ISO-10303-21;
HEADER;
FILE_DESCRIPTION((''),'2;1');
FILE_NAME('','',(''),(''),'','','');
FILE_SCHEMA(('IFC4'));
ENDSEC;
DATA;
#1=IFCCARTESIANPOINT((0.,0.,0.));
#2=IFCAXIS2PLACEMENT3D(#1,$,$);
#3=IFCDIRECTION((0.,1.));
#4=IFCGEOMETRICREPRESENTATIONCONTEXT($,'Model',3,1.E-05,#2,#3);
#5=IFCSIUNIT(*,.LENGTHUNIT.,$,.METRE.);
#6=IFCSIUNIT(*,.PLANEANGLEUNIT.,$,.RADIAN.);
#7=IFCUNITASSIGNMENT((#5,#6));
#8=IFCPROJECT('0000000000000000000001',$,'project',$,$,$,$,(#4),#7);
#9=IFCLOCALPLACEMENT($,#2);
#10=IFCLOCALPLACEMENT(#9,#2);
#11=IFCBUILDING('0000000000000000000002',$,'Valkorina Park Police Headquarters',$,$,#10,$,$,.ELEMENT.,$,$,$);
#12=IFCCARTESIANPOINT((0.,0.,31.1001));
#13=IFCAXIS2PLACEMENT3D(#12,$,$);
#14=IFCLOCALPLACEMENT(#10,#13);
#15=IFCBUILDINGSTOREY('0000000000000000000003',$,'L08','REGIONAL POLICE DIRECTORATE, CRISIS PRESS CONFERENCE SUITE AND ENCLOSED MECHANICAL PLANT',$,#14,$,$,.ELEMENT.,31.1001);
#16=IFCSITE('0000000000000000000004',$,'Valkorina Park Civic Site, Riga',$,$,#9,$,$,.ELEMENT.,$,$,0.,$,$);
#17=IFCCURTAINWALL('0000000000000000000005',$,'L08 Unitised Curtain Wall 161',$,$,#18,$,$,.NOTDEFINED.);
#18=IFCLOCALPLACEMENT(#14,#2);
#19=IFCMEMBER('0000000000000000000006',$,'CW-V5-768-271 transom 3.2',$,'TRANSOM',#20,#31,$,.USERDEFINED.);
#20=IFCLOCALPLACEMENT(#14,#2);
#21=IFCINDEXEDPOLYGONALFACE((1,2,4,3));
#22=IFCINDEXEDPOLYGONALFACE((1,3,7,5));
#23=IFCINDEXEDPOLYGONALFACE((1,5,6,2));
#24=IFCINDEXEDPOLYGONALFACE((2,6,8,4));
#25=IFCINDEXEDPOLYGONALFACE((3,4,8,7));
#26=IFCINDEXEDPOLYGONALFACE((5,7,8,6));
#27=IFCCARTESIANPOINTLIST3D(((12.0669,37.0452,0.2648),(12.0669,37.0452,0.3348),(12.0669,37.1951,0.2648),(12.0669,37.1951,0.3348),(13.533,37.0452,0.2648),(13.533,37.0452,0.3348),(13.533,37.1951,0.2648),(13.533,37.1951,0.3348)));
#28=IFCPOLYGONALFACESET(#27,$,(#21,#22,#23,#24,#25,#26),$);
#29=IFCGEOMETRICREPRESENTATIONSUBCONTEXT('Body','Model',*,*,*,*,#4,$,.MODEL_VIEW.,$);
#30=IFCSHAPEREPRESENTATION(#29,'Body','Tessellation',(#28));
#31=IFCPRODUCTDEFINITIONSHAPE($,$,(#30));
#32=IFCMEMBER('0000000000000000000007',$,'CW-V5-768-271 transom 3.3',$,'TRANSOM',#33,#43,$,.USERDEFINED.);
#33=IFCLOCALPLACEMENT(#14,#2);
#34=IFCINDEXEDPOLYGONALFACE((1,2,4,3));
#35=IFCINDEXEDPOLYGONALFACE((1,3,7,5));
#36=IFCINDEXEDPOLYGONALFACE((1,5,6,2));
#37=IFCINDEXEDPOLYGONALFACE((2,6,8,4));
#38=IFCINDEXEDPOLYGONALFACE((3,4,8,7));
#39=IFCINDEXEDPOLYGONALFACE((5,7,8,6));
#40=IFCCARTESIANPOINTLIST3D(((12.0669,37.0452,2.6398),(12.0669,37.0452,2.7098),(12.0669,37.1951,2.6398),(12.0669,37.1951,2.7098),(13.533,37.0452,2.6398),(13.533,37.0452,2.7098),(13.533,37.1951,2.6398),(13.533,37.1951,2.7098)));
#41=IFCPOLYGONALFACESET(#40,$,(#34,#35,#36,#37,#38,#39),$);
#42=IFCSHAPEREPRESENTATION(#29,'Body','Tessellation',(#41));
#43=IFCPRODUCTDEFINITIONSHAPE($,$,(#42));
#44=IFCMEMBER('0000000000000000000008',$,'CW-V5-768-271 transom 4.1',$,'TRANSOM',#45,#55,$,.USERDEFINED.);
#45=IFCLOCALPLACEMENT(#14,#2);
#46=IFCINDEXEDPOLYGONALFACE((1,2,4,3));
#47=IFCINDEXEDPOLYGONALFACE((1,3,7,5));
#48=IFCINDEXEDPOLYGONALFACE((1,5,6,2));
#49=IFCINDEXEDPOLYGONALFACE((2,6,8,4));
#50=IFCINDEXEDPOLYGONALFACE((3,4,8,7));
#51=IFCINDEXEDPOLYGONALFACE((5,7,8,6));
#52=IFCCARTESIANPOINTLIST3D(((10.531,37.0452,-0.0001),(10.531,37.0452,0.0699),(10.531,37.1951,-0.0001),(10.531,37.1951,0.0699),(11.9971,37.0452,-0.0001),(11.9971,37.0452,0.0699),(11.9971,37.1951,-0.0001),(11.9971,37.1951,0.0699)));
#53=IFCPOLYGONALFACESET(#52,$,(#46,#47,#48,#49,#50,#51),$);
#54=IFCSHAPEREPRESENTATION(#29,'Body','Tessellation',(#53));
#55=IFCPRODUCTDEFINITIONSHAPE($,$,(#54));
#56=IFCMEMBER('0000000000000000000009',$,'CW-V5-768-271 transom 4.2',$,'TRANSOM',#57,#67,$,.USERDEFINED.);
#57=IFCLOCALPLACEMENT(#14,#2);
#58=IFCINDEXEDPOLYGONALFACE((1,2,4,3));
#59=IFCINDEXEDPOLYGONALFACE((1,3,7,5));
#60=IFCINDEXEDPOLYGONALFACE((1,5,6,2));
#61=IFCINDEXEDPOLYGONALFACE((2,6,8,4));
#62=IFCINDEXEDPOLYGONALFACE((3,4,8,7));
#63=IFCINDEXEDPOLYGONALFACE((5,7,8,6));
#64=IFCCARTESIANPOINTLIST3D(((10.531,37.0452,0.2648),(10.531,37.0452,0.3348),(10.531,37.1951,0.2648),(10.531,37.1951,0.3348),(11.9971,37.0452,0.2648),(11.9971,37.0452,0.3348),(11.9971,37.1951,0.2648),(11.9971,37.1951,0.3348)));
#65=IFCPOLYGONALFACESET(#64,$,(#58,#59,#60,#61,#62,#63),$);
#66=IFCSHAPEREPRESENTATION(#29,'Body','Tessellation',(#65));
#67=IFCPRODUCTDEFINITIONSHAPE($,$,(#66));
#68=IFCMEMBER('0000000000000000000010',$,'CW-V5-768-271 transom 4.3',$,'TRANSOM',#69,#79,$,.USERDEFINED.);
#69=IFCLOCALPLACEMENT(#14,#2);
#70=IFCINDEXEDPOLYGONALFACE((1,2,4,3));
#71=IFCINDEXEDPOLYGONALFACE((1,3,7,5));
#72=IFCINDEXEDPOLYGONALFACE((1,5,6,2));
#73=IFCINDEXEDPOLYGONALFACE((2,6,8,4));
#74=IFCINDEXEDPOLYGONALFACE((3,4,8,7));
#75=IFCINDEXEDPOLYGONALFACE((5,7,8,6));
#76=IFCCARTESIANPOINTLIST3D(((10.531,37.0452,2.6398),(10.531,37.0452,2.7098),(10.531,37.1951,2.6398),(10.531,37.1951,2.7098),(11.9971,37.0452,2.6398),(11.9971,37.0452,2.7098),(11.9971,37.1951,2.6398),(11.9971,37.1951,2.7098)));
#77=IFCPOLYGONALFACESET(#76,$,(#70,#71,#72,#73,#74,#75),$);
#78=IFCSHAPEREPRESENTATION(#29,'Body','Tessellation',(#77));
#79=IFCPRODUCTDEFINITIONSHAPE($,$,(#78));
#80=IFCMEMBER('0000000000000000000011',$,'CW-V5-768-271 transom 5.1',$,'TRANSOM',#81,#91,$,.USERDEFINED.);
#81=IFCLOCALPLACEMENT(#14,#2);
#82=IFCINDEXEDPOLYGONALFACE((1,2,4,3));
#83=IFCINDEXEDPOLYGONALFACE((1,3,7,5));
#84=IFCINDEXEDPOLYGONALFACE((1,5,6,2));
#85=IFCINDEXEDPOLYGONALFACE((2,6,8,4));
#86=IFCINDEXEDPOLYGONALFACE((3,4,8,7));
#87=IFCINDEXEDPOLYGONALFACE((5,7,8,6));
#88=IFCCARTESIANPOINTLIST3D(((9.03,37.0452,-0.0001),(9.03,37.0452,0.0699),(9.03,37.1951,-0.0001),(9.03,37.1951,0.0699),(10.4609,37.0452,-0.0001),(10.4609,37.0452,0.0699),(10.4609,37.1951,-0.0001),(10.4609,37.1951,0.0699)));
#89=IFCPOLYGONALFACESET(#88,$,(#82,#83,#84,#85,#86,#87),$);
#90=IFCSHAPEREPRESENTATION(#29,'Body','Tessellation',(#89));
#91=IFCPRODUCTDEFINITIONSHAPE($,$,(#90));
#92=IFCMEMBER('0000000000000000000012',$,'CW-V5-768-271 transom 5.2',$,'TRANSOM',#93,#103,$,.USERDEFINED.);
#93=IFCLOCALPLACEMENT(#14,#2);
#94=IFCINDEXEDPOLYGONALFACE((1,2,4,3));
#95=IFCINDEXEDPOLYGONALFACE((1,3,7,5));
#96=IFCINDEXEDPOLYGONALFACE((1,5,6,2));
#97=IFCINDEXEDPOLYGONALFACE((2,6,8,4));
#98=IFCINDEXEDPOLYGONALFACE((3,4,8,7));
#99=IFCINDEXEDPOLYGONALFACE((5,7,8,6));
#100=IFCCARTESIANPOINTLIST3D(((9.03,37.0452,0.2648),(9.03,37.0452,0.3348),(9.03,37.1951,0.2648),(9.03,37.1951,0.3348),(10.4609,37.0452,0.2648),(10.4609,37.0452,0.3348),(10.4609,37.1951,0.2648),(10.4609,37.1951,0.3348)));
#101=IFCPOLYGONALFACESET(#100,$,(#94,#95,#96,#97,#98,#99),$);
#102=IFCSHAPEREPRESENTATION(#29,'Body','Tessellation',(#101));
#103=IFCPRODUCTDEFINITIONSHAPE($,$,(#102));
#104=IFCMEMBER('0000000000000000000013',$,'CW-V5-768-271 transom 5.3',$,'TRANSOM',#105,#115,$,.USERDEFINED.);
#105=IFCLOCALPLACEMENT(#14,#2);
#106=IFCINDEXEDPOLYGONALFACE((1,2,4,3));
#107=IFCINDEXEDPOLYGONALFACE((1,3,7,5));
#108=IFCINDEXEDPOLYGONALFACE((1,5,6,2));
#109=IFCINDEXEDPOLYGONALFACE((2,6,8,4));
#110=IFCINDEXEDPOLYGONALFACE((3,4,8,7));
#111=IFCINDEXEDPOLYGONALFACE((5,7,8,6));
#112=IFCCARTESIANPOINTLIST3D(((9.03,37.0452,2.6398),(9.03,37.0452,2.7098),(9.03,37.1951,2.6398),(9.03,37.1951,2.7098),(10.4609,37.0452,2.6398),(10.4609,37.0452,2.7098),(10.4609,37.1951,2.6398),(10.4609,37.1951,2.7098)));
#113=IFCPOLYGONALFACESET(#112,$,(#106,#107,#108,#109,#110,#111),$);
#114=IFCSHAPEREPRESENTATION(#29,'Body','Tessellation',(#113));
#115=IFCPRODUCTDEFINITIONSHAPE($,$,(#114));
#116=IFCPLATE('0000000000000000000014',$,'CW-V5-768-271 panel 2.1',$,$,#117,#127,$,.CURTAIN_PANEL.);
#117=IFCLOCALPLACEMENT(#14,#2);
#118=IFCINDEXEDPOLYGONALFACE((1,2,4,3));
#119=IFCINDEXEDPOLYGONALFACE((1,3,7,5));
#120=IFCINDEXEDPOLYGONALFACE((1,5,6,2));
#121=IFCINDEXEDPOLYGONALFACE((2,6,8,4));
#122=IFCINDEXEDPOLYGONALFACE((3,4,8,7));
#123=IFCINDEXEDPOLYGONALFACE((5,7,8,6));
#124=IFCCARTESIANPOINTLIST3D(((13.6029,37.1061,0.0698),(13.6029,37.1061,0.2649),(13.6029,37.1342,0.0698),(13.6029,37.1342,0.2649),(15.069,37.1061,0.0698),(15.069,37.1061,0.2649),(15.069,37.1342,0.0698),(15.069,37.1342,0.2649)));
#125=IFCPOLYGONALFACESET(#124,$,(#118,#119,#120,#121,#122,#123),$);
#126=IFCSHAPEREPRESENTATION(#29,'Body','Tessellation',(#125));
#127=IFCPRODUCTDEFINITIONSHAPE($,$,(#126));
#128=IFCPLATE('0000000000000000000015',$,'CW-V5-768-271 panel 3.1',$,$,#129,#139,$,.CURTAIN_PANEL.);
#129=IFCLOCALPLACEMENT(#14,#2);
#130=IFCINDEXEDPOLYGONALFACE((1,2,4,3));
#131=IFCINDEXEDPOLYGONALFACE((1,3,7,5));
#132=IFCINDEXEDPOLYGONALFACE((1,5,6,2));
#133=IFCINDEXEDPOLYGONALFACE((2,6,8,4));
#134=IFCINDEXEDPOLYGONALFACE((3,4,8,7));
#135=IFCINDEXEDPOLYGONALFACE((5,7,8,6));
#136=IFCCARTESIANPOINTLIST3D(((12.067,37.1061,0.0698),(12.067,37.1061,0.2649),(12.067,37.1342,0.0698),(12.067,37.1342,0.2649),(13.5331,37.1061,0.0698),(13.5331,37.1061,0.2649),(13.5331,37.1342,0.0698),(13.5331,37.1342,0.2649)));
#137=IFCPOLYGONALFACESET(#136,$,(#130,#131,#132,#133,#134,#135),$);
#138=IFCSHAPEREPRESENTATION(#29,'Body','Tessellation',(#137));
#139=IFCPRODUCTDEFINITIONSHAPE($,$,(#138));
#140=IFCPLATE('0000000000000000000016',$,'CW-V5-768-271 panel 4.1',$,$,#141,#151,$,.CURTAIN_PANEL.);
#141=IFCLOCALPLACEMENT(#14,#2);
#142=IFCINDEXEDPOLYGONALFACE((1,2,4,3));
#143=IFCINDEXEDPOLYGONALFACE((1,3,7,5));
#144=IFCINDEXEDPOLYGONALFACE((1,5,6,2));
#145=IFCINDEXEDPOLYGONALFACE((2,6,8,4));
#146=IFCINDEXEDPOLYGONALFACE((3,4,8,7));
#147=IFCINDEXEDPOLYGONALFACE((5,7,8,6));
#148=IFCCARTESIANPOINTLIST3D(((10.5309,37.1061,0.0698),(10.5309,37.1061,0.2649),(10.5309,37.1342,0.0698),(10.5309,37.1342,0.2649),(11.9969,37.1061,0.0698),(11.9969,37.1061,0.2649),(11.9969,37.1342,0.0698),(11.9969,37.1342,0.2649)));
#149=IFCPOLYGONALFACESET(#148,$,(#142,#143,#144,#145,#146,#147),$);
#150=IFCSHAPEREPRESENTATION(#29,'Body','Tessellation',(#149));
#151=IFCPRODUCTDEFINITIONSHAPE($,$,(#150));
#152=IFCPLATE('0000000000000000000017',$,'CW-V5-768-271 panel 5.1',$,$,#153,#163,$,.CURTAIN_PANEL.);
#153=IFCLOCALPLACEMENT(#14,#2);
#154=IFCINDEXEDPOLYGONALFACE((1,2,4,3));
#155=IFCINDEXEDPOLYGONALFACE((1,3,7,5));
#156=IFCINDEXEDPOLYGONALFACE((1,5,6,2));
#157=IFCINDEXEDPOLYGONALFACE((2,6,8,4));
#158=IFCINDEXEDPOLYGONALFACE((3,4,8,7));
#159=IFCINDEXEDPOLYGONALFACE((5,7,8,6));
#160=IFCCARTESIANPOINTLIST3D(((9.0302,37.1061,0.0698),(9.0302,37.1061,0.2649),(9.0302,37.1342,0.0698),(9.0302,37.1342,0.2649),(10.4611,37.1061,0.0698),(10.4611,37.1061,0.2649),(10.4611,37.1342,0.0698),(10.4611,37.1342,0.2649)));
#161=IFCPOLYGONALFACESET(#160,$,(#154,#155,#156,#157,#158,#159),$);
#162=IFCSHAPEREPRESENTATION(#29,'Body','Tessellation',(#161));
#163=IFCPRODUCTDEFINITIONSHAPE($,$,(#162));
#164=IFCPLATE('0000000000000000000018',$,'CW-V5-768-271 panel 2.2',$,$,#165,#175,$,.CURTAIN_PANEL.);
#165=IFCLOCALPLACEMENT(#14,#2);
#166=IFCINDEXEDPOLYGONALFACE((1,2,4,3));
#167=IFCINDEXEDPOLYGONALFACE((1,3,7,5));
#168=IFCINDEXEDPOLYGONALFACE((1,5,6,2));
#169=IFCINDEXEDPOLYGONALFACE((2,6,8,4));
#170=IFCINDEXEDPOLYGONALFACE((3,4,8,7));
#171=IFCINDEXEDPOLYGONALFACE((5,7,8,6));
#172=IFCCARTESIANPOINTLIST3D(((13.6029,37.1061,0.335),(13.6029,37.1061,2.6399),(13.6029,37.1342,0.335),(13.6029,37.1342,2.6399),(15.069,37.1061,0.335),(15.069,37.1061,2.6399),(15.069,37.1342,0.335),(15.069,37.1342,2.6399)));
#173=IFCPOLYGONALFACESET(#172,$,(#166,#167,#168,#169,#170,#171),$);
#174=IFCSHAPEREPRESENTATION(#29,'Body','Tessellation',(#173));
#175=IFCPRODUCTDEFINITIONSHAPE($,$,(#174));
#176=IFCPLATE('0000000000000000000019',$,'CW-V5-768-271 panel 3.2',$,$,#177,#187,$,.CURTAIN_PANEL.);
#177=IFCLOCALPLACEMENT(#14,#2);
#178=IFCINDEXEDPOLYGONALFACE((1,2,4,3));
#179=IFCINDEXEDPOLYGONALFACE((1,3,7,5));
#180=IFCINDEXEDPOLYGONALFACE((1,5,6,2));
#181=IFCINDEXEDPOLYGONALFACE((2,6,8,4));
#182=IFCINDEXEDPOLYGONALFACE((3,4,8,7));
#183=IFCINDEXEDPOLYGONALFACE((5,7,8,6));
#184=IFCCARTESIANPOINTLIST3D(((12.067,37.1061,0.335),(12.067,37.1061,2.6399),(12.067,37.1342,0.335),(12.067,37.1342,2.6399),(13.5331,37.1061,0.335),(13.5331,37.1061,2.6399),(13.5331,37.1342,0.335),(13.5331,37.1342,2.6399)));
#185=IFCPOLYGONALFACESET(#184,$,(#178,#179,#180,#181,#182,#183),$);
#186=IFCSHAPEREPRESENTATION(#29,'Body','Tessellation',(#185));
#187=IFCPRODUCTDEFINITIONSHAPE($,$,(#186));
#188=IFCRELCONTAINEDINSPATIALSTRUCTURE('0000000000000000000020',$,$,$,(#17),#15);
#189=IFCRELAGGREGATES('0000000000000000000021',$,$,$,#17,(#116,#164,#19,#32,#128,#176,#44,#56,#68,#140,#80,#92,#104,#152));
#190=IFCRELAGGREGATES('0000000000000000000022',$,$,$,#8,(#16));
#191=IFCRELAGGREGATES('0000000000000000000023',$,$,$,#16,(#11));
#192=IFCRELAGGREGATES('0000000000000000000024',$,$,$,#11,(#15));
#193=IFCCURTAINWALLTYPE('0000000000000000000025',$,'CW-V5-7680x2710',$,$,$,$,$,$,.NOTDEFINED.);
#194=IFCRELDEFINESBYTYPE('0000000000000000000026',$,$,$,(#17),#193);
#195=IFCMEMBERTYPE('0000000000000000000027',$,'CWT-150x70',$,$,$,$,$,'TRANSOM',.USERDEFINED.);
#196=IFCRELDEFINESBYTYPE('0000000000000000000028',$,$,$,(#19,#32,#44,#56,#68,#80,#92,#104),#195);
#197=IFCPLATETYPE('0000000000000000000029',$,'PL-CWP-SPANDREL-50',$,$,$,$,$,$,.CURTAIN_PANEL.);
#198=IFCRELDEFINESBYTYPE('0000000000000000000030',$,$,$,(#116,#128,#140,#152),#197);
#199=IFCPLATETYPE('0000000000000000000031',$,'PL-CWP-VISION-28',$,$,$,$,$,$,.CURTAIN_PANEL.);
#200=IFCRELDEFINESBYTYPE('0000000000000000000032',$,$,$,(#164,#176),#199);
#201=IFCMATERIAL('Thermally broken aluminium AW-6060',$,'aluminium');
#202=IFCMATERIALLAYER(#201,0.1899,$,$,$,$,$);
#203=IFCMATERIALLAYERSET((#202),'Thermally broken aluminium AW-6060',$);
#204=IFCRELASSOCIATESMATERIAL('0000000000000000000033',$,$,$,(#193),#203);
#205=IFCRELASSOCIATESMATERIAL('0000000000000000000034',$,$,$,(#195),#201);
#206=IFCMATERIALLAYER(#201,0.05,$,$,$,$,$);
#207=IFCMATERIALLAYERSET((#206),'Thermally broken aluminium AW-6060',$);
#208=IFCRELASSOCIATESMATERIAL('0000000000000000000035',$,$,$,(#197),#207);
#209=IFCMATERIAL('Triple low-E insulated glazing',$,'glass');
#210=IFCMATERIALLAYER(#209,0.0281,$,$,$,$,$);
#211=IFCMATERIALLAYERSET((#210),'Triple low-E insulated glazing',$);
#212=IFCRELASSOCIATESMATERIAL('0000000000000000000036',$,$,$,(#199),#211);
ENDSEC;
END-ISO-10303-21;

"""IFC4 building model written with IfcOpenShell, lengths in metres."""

from ifc_helpers import new_model, si_unit, direction, frame, origin, origin_2d, place, context, subcontext, project, spatial, rectangle, extrude, material, layer, layer_set, material_profile, profile_set, type_object, element, aggregate, save


model = new_model("IFC4")

# Units and contexts
model_context = context("Model", 3, precision=1e-05, world=origin(), true_north=direction((0.0, 1.0)))
body_context = subcontext(model_context, "Body", "Model", "MODEL_VIEW")
ifc_project = project(units=[si_unit("LENGTHUNIT", "METRE"), si_unit("PLANEANGLEUNIT", "RADIAN")], contexts=[model_context])

# Site, building, storey
site_placement = place(None, origin())
site = spatial("IfcSite", under=ifc_project, at=site_placement, Name="Valkorina Park Civic Site, Riga", CompositionType="ELEMENT", RefElevation=0.0)
building_placement = place(site_placement, origin())
building = spatial("IfcBuilding", under=site, at=building_placement, Name="Valkorina Park Police Headquarters", CompositionType="ELEMENT")
storey_placement = place(building_placement, frame((0.0, 0.0, 31.1001)))
storey = spatial("IfcBuildingStorey", under=building, at=storey_placement, Name="L08", Description="REGIONAL POLICE DIRECTORATE, CRISIS PRESS CONFERENCE SUITE AND ENCLOSED MECHANICAL PLANT", CompositionType="ELEMENT", Elevation=31.1001)

# Curtain wall, members, plates
ifc_material_1 = material(Name="Thermally broken aluminium AW-6060", Category="aluminium")
ifc_layer_1 = layer(ifc_material_1, 0.1899)
ifc_layer_set_1 = layer_set([ifc_layer_1], Name="Thermally broken aluminium AW-6060")
curtain_wall_type = type_object("IfcCurtainWallType", Name="CW-V5-7680x2710", PredefinedType="NOTDEFINED", material=ifc_layer_set_1)
curtain_wall_placement = place(storey_placement, origin())
curtain_wall = element("IfcCurtainWall", 1, at=curtain_wall_placement, inside=storey, type_object=curtain_wall_type, Name="L08 Unitised Curtain Wall 161", PredefinedType="NOTDEFINED")
ifc_material_profile_1 = material_profile(ifc_material_1, rectangle(XDim=0.1499, YDim=0.0701, at=origin_2d()), Name="CWT-02 150x70")
ifc_profile_set_1 = profile_set([ifc_material_profile_1], Name="Thermally broken aluminium AW-6060")
member_type_1 = type_object("IfcMemberType", Name="CWT-150x70", ElementType="TRANSOM", PredefinedType="USERDEFINED", material=ifc_profile_set_1)
member_1_placement = place(storey_placement, frame((13.533, 37.1201, 0.2998), z_axis=(-1.0, 0.0, 0.0), x_axis=(0.0, -1.0, 0.0)))
member_1 = element("IfcMember", 2, at=member_1_placement, type_object=member_type_1, Name="CW-V5-768-271 transom 3.2", ObjectType="TRANSOM", PredefinedType="USERDEFINED", context=body_context, shape_type="SweptSolid", body=[
    extrude(rectangle(XDim=0.1499, YDim=0.0701, at=origin_2d()), origin(), (0.0, 0.0, 1.0), 1.4661),
])
member_2_placement = place(storey_placement, frame((13.533, 37.1201, 2.6748), z_axis=(-1.0, 0.0, 0.0), x_axis=(0.0, -1.0, 0.0)))
member_2 = element("IfcMember", 3, at=member_2_placement, type_object=member_type_1, Name="CW-V5-768-271 transom 3.3", ObjectType="TRANSOM", PredefinedType="USERDEFINED", context=body_context, shape_type="SweptSolid", body=[
    extrude(rectangle(XDim=0.1499, YDim=0.0701, at=origin_2d()), origin(), (0.0, 0.0, 1.0), 1.4661),
])
member_3_placement = place(storey_placement, frame((11.9971, 37.1201, 0.0349), z_axis=(-1.0, 0.0, 0.0), x_axis=(0.0, -1.0, 0.0)))
member_3 = element("IfcMember", 4, at=member_3_placement, type_object=member_type_1, Name="CW-V5-768-271 transom 4.1", ObjectType="TRANSOM", PredefinedType="USERDEFINED", context=body_context, shape_type="SweptSolid", body=[
    extrude(rectangle(XDim=0.1499, YDim=0.0701, at=origin_2d()), origin(), (0.0, 0.0, 1.0), 1.4661),
])
member_4_placement = place(storey_placement, frame((11.9971, 37.1201, 0.2998), z_axis=(-1.0, 0.0, 0.0), x_axis=(0.0, -1.0, 0.0)))
member_4 = element("IfcMember", 5, at=member_4_placement, type_object=member_type_1, Name="CW-V5-768-271 transom 4.2", ObjectType="TRANSOM", PredefinedType="USERDEFINED", context=body_context, shape_type="SweptSolid", body=[
    extrude(rectangle(XDim=0.1499, YDim=0.0701, at=origin_2d()), origin(), (0.0, 0.0, 1.0), 1.4661),
])
member_5_placement = place(storey_placement, frame((11.9971, 37.1201, 2.6748), z_axis=(-1.0, 0.0, 0.0), x_axis=(0.0, -1.0, 0.0)))
member_5 = element("IfcMember", 6, at=member_5_placement, type_object=member_type_1, Name="CW-V5-768-271 transom 4.3", ObjectType="TRANSOM", PredefinedType="USERDEFINED", context=body_context, shape_type="SweptSolid", body=[
    extrude(rectangle(XDim=0.1499, YDim=0.0701, at=origin_2d()), origin(), (0.0, 0.0, 1.0), 1.4661),
])
member_6_placement = place(storey_placement, frame((10.4609, 37.1201, 0.0349), z_axis=(-1.0, 0.0, 0.0), x_axis=(0.0, -1.0, 0.0)))
member_6 = element("IfcMember", 7, at=member_6_placement, type_object=member_type_1, Name="CW-V5-768-271 transom 5.1", ObjectType="TRANSOM", PredefinedType="USERDEFINED", context=body_context, shape_type="SweptSolid", body=[
    extrude(rectangle(XDim=0.1499, YDim=0.0701, at=origin_2d()), origin(), (0.0, 0.0, 1.0), 1.4309),
])
member_7_placement = place(storey_placement, frame((10.4609, 37.1201, 0.2998), z_axis=(-1.0, 0.0, 0.0), x_axis=(0.0, -1.0, 0.0)))
member_7 = element("IfcMember", 8, at=member_7_placement, type_object=member_type_1, Name="CW-V5-768-271 transom 5.2", ObjectType="TRANSOM", PredefinedType="USERDEFINED", context=body_context, shape_type="SweptSolid", body=[
    extrude(rectangle(XDim=0.1499, YDim=0.0701, at=origin_2d()), origin(), (0.0, 0.0, 1.0), 1.4309),
])
member_8_placement = place(storey_placement, frame((10.4609, 37.1201, 2.6748), z_axis=(-1.0, 0.0, 0.0), x_axis=(0.0, -1.0, 0.0)))
member_8 = element("IfcMember", 9, at=member_8_placement, type_object=member_type_1, Name="CW-V5-768-271 transom 5.3", ObjectType="TRANSOM", PredefinedType="USERDEFINED", context=body_context, shape_type="SweptSolid", body=[
    extrude(rectangle(XDim=0.1499, YDim=0.0701, at=origin_2d()), origin(), (0.0, 0.0, 1.0), 1.4309),
])
ifc_layer_2 = layer(ifc_material_1, 0.05)
ifc_layer_set_2 = layer_set([ifc_layer_2], Name="Thermally broken aluminium AW-6060")
plate_type_1 = type_object("IfcPlateType", Name="PL-CWP-SPANDREL-50", PredefinedType="CURTAIN_PANEL", material=ifc_layer_set_2)
plate_1_placement = place(storey_placement, frame((14.3359, 37.1201, 0.0698), z_axis=(0.0, 0.0, 1.0), x_axis=(-1.0, 0.0, 0.0)))
plate_1 = element("IfcPlate", 10, at=plate_1_placement, type_object=plate_type_1, Name="CW-V5-768-271 panel 2.1", PredefinedType="CURTAIN_PANEL", context=body_context, shape_type="SweptSolid", body=[
    extrude(rectangle(XDim=1.4661, YDim=0.0281, at=origin_2d()), origin(), (0.0, 0.0, 1.0), 0.1951),
])
plate_2_placement = place(storey_placement, frame((12.8, 37.1201, 0.0698), z_axis=(0.0, 0.0, 1.0), x_axis=(-1.0, 0.0, 0.0)))
plate_2 = element("IfcPlate", 11, at=plate_2_placement, type_object=plate_type_1, Name="CW-V5-768-271 panel 3.1", PredefinedType="CURTAIN_PANEL", context=body_context, shape_type="SweptSolid", body=[
    extrude(rectangle(XDim=1.4661, YDim=0.0281, at=origin_2d()), origin(), (0.0, 0.0, 1.0), 0.1951),
])
plate_3_placement = place(storey_placement, frame((11.2639, 37.1201, 0.0698), z_axis=(0.0, 0.0, 1.0), x_axis=(-1.0, 0.0, 0.0)))
plate_3 = element("IfcPlate", 12, at=plate_3_placement, type_object=plate_type_1, Name="CW-V5-768-271 panel 4.1", PredefinedType="CURTAIN_PANEL", context=body_context, shape_type="SweptSolid", body=[
    extrude(rectangle(XDim=1.4661, YDim=0.0281, at=origin_2d()), origin(), (0.0, 0.0, 1.0), 0.1951),
])
plate_4_placement = place(storey_placement, frame((9.7456, 37.1201, 0.0698), z_axis=(0.0, 0.0, 1.0), x_axis=(-1.0, 0.0, 0.0)))
plate_4 = element("IfcPlate", 13, at=plate_4_placement, type_object=plate_type_1, Name="CW-V5-768-271 panel 5.1", PredefinedType="CURTAIN_PANEL", context=body_context, shape_type="SweptSolid", body=[
    extrude(rectangle(XDim=1.4309, YDim=0.0281, at=origin_2d()), origin(), (0.0, 0.0, 1.0), 0.1951),
])
ifc_material_2 = material(Name="Triple low-E insulated glazing", Category="glass")
ifc_layer_3 = layer(ifc_material_2, 0.0281)
ifc_layer_set_3 = layer_set([ifc_layer_3], Name="Triple low-E insulated glazing")
plate_type_2 = type_object("IfcPlateType", Name="PL-CWP-VISION-28", PredefinedType="CURTAIN_PANEL", material=ifc_layer_set_3)
plate_5_placement = place(storey_placement, frame((14.3359, 37.1201, 0.335), z_axis=(0.0, 0.0, 1.0), x_axis=(-1.0, 0.0, 0.0)))
plate_5 = element("IfcPlate", 14, at=plate_5_placement, type_object=plate_type_2, Name="CW-V5-768-271 panel 2.2", PredefinedType="CURTAIN_PANEL", context=body_context, shape_type="SweptSolid", body=[
    extrude(rectangle(XDim=1.4661, YDim=0.0281, at=origin_2d()), origin(), (0.0, 0.0, 1.0), 2.3049),
])
plate_6_placement = place(storey_placement, frame((12.8, 37.1201, 0.335), z_axis=(0.0, 0.0, 1.0), x_axis=(-1.0, 0.0, 0.0)))
plate_6 = element("IfcPlate", 15, at=plate_6_placement, type_object=plate_type_2, Name="CW-V5-768-271 panel 3.2", PredefinedType="CURTAIN_PANEL", context=body_context, shape_type="SweptSolid", body=[
    extrude(rectangle(XDim=1.4661, YDim=0.0281, at=origin_2d()), origin(), (0.0, 0.0, 1.0), 2.3049),
])
aggregate(curtain_wall, [plate_1, plate_5, member_1, member_2, plate_2, plate_6, member_3, member_4, member_5, plate_3, member_6, member_7, member_8, plate_4])

save(model, "model.ifc")
